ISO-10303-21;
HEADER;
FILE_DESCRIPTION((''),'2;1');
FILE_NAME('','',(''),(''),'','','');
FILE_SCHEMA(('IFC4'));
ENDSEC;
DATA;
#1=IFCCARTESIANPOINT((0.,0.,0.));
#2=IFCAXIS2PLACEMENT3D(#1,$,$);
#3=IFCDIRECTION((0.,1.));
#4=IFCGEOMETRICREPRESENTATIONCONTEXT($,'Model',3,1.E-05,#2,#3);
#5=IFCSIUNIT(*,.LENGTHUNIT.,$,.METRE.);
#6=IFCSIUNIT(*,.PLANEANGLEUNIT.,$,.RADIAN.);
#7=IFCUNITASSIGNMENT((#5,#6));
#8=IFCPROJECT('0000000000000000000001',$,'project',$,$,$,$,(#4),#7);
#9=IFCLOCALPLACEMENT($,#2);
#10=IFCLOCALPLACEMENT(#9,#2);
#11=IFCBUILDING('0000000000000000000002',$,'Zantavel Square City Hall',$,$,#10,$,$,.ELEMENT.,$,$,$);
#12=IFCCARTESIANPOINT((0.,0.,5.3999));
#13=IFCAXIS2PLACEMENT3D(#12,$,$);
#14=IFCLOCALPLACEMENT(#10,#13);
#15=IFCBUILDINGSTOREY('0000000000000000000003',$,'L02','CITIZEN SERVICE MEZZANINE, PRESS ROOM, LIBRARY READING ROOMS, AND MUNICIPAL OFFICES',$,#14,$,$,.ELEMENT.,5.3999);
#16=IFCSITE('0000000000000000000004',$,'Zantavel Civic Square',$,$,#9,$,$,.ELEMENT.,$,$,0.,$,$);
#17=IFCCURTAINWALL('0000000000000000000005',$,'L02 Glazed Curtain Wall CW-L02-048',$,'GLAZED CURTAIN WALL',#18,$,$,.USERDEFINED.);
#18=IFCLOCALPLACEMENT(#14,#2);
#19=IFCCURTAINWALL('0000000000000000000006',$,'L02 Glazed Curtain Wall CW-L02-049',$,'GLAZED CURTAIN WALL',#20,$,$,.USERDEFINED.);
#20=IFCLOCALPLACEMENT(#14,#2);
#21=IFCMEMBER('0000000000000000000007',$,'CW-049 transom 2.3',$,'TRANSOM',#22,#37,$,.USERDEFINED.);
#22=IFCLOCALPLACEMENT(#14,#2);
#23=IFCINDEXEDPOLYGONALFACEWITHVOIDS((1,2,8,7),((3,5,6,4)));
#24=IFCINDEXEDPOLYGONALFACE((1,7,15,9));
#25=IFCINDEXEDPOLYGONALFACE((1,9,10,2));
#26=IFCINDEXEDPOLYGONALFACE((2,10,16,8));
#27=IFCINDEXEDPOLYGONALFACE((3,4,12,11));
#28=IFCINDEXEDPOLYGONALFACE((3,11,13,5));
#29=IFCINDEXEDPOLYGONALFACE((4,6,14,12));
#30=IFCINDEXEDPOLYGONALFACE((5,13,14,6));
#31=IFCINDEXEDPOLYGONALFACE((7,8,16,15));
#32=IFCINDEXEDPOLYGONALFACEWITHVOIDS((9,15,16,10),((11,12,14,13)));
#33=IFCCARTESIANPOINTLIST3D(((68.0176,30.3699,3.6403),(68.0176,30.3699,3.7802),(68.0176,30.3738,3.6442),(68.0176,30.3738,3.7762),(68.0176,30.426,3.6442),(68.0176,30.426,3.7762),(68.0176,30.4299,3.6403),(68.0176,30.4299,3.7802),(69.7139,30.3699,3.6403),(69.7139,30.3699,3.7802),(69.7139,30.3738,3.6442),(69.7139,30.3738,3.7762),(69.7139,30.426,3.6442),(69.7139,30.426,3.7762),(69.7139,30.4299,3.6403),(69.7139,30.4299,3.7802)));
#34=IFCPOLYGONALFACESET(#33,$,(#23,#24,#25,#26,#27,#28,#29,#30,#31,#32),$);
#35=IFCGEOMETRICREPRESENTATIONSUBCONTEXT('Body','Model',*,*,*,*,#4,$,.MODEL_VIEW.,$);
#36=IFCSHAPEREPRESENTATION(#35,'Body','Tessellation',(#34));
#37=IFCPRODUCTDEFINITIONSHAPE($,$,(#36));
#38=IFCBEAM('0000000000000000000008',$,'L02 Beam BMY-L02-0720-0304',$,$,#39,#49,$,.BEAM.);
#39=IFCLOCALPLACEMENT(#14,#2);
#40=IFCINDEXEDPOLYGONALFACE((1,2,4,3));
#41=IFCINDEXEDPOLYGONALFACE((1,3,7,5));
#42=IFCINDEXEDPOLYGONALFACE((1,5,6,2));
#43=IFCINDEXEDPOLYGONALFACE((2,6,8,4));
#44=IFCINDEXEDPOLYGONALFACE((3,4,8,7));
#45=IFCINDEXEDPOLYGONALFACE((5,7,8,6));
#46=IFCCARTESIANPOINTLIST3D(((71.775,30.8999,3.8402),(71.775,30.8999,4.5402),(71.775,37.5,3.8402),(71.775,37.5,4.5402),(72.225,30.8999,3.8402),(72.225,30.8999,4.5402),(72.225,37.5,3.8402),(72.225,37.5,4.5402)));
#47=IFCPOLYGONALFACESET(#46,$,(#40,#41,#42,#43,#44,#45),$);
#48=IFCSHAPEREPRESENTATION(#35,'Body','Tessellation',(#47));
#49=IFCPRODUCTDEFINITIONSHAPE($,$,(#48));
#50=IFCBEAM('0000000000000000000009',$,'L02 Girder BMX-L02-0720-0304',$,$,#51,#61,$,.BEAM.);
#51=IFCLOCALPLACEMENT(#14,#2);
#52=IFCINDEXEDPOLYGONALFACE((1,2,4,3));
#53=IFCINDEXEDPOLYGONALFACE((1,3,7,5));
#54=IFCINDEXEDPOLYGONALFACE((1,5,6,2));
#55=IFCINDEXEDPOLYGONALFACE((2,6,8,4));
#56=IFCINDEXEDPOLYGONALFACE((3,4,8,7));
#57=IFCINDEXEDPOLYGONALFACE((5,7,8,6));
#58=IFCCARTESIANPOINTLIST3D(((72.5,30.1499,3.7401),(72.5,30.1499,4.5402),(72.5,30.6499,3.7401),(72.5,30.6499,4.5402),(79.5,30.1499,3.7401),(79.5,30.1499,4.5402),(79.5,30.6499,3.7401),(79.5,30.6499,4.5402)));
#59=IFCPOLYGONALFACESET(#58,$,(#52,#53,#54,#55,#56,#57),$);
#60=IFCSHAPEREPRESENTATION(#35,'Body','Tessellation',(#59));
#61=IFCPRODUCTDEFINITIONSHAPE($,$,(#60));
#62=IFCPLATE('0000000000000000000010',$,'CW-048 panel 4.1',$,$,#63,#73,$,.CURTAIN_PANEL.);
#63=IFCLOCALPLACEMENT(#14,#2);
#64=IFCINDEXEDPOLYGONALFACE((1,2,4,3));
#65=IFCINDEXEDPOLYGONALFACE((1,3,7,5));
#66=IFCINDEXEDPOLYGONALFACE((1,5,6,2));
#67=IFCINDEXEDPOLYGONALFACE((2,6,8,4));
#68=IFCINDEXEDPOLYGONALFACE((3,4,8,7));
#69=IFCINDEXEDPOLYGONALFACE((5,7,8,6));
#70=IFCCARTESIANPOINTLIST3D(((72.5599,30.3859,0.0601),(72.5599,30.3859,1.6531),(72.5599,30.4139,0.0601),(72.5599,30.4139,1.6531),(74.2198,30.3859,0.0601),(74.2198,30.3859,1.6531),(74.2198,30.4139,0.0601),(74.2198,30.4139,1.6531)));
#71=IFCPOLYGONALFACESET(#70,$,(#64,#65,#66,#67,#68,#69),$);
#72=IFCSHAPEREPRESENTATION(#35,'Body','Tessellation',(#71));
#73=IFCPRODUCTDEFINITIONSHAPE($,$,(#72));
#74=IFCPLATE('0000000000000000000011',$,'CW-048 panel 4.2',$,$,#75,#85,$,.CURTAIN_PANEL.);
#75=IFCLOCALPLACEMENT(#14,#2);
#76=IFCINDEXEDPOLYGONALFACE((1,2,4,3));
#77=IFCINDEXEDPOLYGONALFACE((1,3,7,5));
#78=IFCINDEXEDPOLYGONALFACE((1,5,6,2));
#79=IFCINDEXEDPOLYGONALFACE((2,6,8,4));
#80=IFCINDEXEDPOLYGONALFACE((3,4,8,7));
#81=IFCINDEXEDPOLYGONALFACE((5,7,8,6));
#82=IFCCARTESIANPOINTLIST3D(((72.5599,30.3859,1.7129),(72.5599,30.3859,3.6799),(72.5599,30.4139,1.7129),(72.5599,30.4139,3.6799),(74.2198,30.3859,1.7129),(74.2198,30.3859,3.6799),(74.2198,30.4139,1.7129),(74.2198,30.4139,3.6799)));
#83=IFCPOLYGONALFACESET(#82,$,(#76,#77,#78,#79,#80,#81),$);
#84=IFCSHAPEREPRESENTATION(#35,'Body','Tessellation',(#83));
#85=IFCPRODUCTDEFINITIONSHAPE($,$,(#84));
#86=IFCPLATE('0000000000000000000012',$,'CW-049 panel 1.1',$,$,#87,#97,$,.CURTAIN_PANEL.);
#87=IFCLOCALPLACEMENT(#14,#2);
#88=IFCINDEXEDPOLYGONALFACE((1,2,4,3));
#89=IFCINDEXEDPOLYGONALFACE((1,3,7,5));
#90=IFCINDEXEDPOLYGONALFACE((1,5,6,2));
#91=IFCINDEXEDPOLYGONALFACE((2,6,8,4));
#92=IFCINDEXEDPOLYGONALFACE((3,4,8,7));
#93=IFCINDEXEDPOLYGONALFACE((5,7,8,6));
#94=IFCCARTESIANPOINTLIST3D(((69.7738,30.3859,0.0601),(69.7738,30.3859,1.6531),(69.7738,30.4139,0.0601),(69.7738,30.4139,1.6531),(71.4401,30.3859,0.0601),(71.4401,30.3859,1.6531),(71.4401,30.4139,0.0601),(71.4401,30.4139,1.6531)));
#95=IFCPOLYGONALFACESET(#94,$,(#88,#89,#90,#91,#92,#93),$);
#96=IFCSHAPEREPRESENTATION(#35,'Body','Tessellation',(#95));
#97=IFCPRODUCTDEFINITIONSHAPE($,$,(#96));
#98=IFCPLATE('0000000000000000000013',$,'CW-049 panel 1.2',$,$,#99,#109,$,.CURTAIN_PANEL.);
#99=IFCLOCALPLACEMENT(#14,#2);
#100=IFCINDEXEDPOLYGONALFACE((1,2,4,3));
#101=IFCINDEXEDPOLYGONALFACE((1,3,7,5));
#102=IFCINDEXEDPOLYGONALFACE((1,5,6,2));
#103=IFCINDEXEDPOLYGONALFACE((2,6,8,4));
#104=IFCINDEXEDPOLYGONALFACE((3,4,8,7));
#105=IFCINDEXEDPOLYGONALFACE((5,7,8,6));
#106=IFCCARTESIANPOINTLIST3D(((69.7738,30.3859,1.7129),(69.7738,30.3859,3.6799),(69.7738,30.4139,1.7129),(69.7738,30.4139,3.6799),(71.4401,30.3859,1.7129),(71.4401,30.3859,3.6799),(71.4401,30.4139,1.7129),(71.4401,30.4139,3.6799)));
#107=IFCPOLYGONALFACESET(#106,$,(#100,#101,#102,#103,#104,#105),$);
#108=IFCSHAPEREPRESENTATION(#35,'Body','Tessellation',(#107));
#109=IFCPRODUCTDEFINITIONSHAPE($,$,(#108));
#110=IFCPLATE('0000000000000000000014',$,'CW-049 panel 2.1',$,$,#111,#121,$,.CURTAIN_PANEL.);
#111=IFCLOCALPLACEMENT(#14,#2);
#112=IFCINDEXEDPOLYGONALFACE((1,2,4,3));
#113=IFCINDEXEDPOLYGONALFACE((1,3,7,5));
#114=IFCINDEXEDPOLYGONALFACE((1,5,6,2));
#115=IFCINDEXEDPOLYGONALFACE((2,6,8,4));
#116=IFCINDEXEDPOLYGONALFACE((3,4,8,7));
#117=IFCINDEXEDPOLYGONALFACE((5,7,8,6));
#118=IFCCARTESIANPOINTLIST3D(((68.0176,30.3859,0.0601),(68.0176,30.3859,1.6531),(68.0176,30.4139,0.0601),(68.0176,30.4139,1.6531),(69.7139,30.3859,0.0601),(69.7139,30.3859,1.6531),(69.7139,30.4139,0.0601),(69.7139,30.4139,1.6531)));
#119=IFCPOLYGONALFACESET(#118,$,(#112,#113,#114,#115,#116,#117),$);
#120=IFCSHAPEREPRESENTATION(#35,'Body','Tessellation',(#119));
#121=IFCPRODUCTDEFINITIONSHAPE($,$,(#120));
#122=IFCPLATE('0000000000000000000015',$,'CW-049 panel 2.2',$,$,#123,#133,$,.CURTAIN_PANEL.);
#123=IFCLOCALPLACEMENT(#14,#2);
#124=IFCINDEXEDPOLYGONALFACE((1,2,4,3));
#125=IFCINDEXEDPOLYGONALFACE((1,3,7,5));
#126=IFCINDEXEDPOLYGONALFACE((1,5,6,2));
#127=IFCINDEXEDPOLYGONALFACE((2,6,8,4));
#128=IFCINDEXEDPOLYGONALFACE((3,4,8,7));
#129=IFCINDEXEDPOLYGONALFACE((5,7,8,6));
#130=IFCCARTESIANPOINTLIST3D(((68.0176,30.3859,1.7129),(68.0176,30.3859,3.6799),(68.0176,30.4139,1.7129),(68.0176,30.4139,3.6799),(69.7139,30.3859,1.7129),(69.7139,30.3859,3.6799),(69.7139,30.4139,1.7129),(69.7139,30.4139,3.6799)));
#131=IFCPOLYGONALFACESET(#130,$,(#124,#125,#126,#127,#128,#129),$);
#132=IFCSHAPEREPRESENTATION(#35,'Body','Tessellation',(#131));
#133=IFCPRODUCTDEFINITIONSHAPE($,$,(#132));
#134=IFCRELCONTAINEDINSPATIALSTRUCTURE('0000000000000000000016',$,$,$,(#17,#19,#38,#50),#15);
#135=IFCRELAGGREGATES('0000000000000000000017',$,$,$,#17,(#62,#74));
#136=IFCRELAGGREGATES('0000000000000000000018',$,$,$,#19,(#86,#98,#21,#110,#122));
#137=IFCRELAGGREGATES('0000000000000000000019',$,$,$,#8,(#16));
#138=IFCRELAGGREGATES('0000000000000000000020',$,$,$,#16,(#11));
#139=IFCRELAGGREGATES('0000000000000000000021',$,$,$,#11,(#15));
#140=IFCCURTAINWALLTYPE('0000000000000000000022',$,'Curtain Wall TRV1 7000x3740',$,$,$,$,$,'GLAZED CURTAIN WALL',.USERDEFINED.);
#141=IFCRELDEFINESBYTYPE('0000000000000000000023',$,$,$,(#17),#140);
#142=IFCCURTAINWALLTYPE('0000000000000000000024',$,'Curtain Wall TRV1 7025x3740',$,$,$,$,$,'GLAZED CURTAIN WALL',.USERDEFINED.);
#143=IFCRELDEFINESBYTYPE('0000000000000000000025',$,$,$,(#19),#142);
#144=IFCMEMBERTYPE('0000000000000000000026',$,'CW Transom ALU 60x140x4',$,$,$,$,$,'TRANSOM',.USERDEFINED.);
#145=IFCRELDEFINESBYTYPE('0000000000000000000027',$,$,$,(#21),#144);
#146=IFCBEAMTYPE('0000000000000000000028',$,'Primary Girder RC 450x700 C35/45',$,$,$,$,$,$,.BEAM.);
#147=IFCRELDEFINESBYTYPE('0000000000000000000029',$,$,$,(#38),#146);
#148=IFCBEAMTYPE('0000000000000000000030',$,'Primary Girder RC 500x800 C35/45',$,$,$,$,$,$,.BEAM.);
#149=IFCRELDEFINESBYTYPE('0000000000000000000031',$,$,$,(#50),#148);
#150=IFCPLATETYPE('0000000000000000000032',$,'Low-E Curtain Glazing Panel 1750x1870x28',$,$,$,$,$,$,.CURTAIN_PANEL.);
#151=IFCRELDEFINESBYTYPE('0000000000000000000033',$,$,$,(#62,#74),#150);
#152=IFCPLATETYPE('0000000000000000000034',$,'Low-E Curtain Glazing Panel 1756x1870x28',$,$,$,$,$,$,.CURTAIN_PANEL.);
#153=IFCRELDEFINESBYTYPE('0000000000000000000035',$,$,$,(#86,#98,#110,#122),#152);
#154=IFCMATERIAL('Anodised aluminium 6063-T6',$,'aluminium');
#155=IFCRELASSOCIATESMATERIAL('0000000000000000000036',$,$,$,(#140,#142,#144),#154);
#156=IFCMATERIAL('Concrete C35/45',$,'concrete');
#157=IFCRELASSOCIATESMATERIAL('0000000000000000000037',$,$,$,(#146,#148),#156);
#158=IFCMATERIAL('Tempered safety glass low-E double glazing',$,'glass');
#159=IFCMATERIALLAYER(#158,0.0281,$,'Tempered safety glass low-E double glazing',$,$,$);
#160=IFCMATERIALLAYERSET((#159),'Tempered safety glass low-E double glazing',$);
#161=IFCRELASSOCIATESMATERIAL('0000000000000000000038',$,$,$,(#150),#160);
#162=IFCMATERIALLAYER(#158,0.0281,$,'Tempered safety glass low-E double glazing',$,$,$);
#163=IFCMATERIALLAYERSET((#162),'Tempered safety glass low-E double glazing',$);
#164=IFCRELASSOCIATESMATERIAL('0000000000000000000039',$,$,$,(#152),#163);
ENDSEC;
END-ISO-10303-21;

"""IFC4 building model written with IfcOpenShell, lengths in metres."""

from ifc_helpers import new_model, si_unit, direction, frame, origin, origin_2d, place, context, subcontext, project, spatial, rectangle, hollow_rectangle, extrude, material, layer, layer_set, material_profile, profile_set, type_object, element, aggregate, save


model = new_model("IFC4")

# Units and contexts
model_context = context("Model", 3, precision=1e-05, world=origin(), true_north=direction((0.0, 1.0)))
body_context = subcontext(model_context, "Body", "Model", "MODEL_VIEW")
ifc_project = project(units=[si_unit("LENGTHUNIT", "METRE"), si_unit("PLANEANGLEUNIT", "RADIAN")], contexts=[model_context])

# Site, building, storey
site_placement = place(None, origin())
site = spatial("IfcSite", under=ifc_project, at=site_placement, Name="Zantavel Civic Square", CompositionType="ELEMENT", RefElevation=0.0)
building_placement = place(site_placement, origin())
building = spatial("IfcBuilding", under=site, at=building_placement, Name="Zantavel Square City Hall", CompositionType="ELEMENT")
storey_placement = place(building_placement, frame((0.0, 0.0, 5.3999)))
storey = spatial("IfcBuildingStorey", under=building, at=storey_placement, Name="L02", Description="CITIZEN SERVICE MEZZANINE, PRESS ROOM, LIBRARY READING ROOMS, AND MUNICIPAL OFFICES", CompositionType="ELEMENT", Elevation=5.3999)

# Curtain wall
ifc_material_1 = material(Name="Anodised aluminium 6063-T6", Category="aluminium")
curtain_wall_type_1 = type_object("IfcCurtainWallType", Name="Curtain Wall TRV1 7000x3740", ElementType="GLAZED CURTAIN WALL", PredefinedType="USERDEFINED", material=ifc_material_1)
curtain_wall_1_placement = place(storey_placement, origin())
curtain_wall_1 = element("IfcCurtainWall", 1, at=curtain_wall_1_placement, inside=storey, type_object=curtain_wall_type_1, Name="L02 Glazed Curtain Wall CW-L02-048", ObjectType="GLAZED CURTAIN WALL", PredefinedType="USERDEFINED")

# Curtain wall
curtain_wall_type_2 = type_object("IfcCurtainWallType", Name="Curtain Wall TRV1 7025x3740", ElementType="GLAZED CURTAIN WALL", PredefinedType="USERDEFINED", material=ifc_material_1)
curtain_wall_2_placement = place(storey_placement, origin())
curtain_wall_2 = element("IfcCurtainWall", 2, at=curtain_wall_2_placement, inside=storey, type_object=curtain_wall_type_2, Name="L02 Glazed Curtain Wall CW-L02-049", ObjectType="GLAZED CURTAIN WALL", PredefinedType="USERDEFINED")

# Member
ifc_material_profile_1 = material_profile(ifc_material_1, hollow_rectangle(XDim=0.0601, YDim=0.1399, WallThickness=0.0039, at=origin_2d()), Name="ALU 60x140x4")
ifc_profile_set_1 = profile_set([ifc_material_profile_1], Name="Anodised aluminium 6063-T6")
member_type_1 = type_object("IfcMemberType", Name="CW Transom ALU 60x140x4", ElementType="TRANSOM", PredefinedType="USERDEFINED", material=ifc_profile_set_1)
member_1_placement = place(storey_placement, frame((69.7139, 30.3999, 3.7102), z_axis=(-1.0, 0.0, 0.0), x_axis=(0.0, -1.0, 0.0)))
member_1 = element("IfcMember", 3, at=member_1_placement, type_object=member_type_1, Name="CW-049 transom 2.3", ObjectType="TRANSOM", PredefinedType="USERDEFINED", context=body_context, shape_type="SweptSolid", body=[
    extrude(hollow_rectangle(XDim=0.0601, YDim=0.1399, WallThickness=0.0039, at=origin_2d()), origin(), (0.0, 0.0, 1.0), 1.6963),
])

# Beams
ifc_material_2 = material(Name="Concrete C35/45", Category="concrete")
ifc_material_profile_2 = material_profile(ifc_material_2, rectangle(XDim=0.45, YDim=0.7, at=origin_2d()), Name="RC 450x700")
ifc_profile_set_2 = profile_set([ifc_material_profile_2], Name="Concrete C35/45")
beam_type_1 = type_object("IfcBeamType", Name="Primary Girder RC 450x700 C35/45", PredefinedType="BEAM", material=ifc_profile_set_2)
beam_1_placement = place(storey_placement, frame((72.0, 30.8999, 4.1902), z_axis=(0.0, 1.0, 0.0), x_axis=(-1.0, 0.0, 0.0)))
element("IfcBeam", 4, at=beam_1_placement, inside=storey, type_object=beam_type_1, Name="L02 Beam BMY-L02-0720-0304", PredefinedType="BEAM", context=body_context, shape_type="SweptSolid", body=[
    extrude(rectangle(XDim=0.45, YDim=0.7, at=origin_2d()), origin(), (0.0, 0.0, 1.0), 6.6001),
])
ifc_material_profile_3 = material_profile(ifc_material_2, rectangle(XDim=0.5, YDim=0.8, at=origin_2d()), Name="RC 500x800")
ifc_profile_set_3 = profile_set([ifc_material_profile_3], Name="Concrete C35/45")
beam_type_2 = type_object("IfcBeamType", Name="Primary Girder RC 500x800 C35/45", PredefinedType="BEAM", material=ifc_profile_set_3)
beam_2_placement = place(storey_placement, frame((72.5, 30.3999, 4.1401), z_axis=(1.0, 0.0, 0.0), x_axis=(0.0, 1.0, 0.0)))
element("IfcBeam", 5, at=beam_2_placement, inside=storey, type_object=beam_type_2, Name="L02 Girder BMX-L02-0720-0304", PredefinedType="BEAM", context=body_context, shape_type="SweptSolid", body=[
    extrude(rectangle(XDim=0.5, YDim=0.8, at=origin_2d()), origin(), (0.0, 0.0, 1.0), 7.0),
])

# Plates
ifc_material_3 = material(Name="Tempered safety glass low-E double glazing", Category="glass")
ifc_layer_1 = layer(ifc_material_3, 0.0281, Name="Tempered safety glass low-E double glazing")
ifc_layer_set_1 = layer_set([ifc_layer_1], Name="Tempered safety glass low-E double glazing")
plate_type_1 = type_object("IfcPlateType", Name="Low-E Curtain Glazing Panel 1750x1870x28", PredefinedType="CURTAIN_PANEL", material=ifc_layer_set_1)
plate_1_placement = place(storey_placement, frame((73.3899, 30.3999, 0.0601), z_axis=(0.0, 0.0, 1.0), x_axis=(-1.0, 0.0, 0.0)))
plate_1 = element("IfcPlate", 6, at=plate_1_placement, type_object=plate_type_1, Name="CW-048 panel 4.1", PredefinedType="CURTAIN_PANEL", context=body_context, shape_type="SweptSolid", body=[
    extrude(rectangle(XDim=1.6599, YDim=0.0281, at=origin_2d()), origin(), (0.0, 0.0, 1.0), 1.593),
])
plate_2_placement = place(storey_placement, frame((73.3899, 30.3999, 1.7129), z_axis=(0.0, 0.0, 1.0), x_axis=(-1.0, 0.0, 0.0)))
plate_2 = element("IfcPlate", 7, at=plate_2_placement, type_object=plate_type_1, Name="CW-048 panel 4.2", PredefinedType="CURTAIN_PANEL", context=body_context, shape_type="SweptSolid", body=[
    extrude(rectangle(XDim=1.6599, YDim=0.0281, at=origin_2d()), origin(), (0.0, 0.0, 1.0), 1.967),
])
aggregate(curtain_wall_1, [plate_1, plate_2])
ifc_layer_2 = layer(ifc_material_3, 0.0281, Name="Tempered safety glass low-E double glazing")
ifc_layer_set_2 = layer_set([ifc_layer_2], Name="Tempered safety glass low-E double glazing")
plate_type_2 = type_object("IfcPlateType", Name="Low-E Curtain Glazing Panel 1756x1870x28", PredefinedType="CURTAIN_PANEL", material=ifc_layer_set_2)
plate_3_placement = place(storey_placement, frame((70.6069, 30.3999, 0.0601), z_axis=(0.0, 0.0, 1.0), x_axis=(-1.0, 0.0, 0.0)))
plate_3 = element("IfcPlate", 8, at=plate_3_placement, type_object=plate_type_2, Name="CW-049 panel 1.1", PredefinedType="CURTAIN_PANEL", context=body_context, shape_type="SweptSolid", body=[
    extrude(rectangle(XDim=1.6663, YDim=0.0281, at=origin_2d()), origin(), (0.0, 0.0, 1.0), 1.593),
])
plate_4_placement = place(storey_placement, frame((70.6069, 30.3999, 1.7129), z_axis=(0.0, 0.0, 1.0), x_axis=(-1.0, 0.0, 0.0)))
plate_4 = element("IfcPlate", 9, at=plate_4_placement, type_object=plate_type_2, Name="CW-049 panel 1.2", PredefinedType="CURTAIN_PANEL", context=body_context, shape_type="SweptSolid", body=[
    extrude(rectangle(XDim=1.6663, YDim=0.0281, at=origin_2d()), origin(), (0.0, 0.0, 1.0), 1.967),
])
plate_5_placement = place(storey_placement, frame((68.8657, 30.3999, 0.0601), z_axis=(0.0, 0.0, 1.0), x_axis=(-1.0, 0.0, 0.0)))
plate_5 = element("IfcPlate", 10, at=plate_5_placement, type_object=plate_type_2, Name="CW-049 panel 2.1", PredefinedType="CURTAIN_PANEL", context=body_context, shape_type="SweptSolid", body=[
    extrude(rectangle(XDim=1.6963, YDim=0.0281, at=origin_2d()), origin(), (0.0, 0.0, 1.0), 1.593),
])
plate_6_placement = place(storey_placement, frame((68.8657, 30.3999, 1.7129), z_axis=(0.0, 0.0, 1.0), x_axis=(-1.0, 0.0, 0.0)))
plate_6 = element("IfcPlate", 11, at=plate_6_placement, type_object=plate_type_2, Name="CW-049 panel 2.2", PredefinedType="CURTAIN_PANEL", context=body_context, shape_type="SweptSolid", body=[
    extrude(rectangle(XDim=1.6963, YDim=0.0281, at=origin_2d()), origin(), (0.0, 0.0, 1.0), 1.967),
])
aggregate(curtain_wall_2, [plate_3, plate_4, member_1, plate_5, plate_6])

save(model, "model.ifc")
